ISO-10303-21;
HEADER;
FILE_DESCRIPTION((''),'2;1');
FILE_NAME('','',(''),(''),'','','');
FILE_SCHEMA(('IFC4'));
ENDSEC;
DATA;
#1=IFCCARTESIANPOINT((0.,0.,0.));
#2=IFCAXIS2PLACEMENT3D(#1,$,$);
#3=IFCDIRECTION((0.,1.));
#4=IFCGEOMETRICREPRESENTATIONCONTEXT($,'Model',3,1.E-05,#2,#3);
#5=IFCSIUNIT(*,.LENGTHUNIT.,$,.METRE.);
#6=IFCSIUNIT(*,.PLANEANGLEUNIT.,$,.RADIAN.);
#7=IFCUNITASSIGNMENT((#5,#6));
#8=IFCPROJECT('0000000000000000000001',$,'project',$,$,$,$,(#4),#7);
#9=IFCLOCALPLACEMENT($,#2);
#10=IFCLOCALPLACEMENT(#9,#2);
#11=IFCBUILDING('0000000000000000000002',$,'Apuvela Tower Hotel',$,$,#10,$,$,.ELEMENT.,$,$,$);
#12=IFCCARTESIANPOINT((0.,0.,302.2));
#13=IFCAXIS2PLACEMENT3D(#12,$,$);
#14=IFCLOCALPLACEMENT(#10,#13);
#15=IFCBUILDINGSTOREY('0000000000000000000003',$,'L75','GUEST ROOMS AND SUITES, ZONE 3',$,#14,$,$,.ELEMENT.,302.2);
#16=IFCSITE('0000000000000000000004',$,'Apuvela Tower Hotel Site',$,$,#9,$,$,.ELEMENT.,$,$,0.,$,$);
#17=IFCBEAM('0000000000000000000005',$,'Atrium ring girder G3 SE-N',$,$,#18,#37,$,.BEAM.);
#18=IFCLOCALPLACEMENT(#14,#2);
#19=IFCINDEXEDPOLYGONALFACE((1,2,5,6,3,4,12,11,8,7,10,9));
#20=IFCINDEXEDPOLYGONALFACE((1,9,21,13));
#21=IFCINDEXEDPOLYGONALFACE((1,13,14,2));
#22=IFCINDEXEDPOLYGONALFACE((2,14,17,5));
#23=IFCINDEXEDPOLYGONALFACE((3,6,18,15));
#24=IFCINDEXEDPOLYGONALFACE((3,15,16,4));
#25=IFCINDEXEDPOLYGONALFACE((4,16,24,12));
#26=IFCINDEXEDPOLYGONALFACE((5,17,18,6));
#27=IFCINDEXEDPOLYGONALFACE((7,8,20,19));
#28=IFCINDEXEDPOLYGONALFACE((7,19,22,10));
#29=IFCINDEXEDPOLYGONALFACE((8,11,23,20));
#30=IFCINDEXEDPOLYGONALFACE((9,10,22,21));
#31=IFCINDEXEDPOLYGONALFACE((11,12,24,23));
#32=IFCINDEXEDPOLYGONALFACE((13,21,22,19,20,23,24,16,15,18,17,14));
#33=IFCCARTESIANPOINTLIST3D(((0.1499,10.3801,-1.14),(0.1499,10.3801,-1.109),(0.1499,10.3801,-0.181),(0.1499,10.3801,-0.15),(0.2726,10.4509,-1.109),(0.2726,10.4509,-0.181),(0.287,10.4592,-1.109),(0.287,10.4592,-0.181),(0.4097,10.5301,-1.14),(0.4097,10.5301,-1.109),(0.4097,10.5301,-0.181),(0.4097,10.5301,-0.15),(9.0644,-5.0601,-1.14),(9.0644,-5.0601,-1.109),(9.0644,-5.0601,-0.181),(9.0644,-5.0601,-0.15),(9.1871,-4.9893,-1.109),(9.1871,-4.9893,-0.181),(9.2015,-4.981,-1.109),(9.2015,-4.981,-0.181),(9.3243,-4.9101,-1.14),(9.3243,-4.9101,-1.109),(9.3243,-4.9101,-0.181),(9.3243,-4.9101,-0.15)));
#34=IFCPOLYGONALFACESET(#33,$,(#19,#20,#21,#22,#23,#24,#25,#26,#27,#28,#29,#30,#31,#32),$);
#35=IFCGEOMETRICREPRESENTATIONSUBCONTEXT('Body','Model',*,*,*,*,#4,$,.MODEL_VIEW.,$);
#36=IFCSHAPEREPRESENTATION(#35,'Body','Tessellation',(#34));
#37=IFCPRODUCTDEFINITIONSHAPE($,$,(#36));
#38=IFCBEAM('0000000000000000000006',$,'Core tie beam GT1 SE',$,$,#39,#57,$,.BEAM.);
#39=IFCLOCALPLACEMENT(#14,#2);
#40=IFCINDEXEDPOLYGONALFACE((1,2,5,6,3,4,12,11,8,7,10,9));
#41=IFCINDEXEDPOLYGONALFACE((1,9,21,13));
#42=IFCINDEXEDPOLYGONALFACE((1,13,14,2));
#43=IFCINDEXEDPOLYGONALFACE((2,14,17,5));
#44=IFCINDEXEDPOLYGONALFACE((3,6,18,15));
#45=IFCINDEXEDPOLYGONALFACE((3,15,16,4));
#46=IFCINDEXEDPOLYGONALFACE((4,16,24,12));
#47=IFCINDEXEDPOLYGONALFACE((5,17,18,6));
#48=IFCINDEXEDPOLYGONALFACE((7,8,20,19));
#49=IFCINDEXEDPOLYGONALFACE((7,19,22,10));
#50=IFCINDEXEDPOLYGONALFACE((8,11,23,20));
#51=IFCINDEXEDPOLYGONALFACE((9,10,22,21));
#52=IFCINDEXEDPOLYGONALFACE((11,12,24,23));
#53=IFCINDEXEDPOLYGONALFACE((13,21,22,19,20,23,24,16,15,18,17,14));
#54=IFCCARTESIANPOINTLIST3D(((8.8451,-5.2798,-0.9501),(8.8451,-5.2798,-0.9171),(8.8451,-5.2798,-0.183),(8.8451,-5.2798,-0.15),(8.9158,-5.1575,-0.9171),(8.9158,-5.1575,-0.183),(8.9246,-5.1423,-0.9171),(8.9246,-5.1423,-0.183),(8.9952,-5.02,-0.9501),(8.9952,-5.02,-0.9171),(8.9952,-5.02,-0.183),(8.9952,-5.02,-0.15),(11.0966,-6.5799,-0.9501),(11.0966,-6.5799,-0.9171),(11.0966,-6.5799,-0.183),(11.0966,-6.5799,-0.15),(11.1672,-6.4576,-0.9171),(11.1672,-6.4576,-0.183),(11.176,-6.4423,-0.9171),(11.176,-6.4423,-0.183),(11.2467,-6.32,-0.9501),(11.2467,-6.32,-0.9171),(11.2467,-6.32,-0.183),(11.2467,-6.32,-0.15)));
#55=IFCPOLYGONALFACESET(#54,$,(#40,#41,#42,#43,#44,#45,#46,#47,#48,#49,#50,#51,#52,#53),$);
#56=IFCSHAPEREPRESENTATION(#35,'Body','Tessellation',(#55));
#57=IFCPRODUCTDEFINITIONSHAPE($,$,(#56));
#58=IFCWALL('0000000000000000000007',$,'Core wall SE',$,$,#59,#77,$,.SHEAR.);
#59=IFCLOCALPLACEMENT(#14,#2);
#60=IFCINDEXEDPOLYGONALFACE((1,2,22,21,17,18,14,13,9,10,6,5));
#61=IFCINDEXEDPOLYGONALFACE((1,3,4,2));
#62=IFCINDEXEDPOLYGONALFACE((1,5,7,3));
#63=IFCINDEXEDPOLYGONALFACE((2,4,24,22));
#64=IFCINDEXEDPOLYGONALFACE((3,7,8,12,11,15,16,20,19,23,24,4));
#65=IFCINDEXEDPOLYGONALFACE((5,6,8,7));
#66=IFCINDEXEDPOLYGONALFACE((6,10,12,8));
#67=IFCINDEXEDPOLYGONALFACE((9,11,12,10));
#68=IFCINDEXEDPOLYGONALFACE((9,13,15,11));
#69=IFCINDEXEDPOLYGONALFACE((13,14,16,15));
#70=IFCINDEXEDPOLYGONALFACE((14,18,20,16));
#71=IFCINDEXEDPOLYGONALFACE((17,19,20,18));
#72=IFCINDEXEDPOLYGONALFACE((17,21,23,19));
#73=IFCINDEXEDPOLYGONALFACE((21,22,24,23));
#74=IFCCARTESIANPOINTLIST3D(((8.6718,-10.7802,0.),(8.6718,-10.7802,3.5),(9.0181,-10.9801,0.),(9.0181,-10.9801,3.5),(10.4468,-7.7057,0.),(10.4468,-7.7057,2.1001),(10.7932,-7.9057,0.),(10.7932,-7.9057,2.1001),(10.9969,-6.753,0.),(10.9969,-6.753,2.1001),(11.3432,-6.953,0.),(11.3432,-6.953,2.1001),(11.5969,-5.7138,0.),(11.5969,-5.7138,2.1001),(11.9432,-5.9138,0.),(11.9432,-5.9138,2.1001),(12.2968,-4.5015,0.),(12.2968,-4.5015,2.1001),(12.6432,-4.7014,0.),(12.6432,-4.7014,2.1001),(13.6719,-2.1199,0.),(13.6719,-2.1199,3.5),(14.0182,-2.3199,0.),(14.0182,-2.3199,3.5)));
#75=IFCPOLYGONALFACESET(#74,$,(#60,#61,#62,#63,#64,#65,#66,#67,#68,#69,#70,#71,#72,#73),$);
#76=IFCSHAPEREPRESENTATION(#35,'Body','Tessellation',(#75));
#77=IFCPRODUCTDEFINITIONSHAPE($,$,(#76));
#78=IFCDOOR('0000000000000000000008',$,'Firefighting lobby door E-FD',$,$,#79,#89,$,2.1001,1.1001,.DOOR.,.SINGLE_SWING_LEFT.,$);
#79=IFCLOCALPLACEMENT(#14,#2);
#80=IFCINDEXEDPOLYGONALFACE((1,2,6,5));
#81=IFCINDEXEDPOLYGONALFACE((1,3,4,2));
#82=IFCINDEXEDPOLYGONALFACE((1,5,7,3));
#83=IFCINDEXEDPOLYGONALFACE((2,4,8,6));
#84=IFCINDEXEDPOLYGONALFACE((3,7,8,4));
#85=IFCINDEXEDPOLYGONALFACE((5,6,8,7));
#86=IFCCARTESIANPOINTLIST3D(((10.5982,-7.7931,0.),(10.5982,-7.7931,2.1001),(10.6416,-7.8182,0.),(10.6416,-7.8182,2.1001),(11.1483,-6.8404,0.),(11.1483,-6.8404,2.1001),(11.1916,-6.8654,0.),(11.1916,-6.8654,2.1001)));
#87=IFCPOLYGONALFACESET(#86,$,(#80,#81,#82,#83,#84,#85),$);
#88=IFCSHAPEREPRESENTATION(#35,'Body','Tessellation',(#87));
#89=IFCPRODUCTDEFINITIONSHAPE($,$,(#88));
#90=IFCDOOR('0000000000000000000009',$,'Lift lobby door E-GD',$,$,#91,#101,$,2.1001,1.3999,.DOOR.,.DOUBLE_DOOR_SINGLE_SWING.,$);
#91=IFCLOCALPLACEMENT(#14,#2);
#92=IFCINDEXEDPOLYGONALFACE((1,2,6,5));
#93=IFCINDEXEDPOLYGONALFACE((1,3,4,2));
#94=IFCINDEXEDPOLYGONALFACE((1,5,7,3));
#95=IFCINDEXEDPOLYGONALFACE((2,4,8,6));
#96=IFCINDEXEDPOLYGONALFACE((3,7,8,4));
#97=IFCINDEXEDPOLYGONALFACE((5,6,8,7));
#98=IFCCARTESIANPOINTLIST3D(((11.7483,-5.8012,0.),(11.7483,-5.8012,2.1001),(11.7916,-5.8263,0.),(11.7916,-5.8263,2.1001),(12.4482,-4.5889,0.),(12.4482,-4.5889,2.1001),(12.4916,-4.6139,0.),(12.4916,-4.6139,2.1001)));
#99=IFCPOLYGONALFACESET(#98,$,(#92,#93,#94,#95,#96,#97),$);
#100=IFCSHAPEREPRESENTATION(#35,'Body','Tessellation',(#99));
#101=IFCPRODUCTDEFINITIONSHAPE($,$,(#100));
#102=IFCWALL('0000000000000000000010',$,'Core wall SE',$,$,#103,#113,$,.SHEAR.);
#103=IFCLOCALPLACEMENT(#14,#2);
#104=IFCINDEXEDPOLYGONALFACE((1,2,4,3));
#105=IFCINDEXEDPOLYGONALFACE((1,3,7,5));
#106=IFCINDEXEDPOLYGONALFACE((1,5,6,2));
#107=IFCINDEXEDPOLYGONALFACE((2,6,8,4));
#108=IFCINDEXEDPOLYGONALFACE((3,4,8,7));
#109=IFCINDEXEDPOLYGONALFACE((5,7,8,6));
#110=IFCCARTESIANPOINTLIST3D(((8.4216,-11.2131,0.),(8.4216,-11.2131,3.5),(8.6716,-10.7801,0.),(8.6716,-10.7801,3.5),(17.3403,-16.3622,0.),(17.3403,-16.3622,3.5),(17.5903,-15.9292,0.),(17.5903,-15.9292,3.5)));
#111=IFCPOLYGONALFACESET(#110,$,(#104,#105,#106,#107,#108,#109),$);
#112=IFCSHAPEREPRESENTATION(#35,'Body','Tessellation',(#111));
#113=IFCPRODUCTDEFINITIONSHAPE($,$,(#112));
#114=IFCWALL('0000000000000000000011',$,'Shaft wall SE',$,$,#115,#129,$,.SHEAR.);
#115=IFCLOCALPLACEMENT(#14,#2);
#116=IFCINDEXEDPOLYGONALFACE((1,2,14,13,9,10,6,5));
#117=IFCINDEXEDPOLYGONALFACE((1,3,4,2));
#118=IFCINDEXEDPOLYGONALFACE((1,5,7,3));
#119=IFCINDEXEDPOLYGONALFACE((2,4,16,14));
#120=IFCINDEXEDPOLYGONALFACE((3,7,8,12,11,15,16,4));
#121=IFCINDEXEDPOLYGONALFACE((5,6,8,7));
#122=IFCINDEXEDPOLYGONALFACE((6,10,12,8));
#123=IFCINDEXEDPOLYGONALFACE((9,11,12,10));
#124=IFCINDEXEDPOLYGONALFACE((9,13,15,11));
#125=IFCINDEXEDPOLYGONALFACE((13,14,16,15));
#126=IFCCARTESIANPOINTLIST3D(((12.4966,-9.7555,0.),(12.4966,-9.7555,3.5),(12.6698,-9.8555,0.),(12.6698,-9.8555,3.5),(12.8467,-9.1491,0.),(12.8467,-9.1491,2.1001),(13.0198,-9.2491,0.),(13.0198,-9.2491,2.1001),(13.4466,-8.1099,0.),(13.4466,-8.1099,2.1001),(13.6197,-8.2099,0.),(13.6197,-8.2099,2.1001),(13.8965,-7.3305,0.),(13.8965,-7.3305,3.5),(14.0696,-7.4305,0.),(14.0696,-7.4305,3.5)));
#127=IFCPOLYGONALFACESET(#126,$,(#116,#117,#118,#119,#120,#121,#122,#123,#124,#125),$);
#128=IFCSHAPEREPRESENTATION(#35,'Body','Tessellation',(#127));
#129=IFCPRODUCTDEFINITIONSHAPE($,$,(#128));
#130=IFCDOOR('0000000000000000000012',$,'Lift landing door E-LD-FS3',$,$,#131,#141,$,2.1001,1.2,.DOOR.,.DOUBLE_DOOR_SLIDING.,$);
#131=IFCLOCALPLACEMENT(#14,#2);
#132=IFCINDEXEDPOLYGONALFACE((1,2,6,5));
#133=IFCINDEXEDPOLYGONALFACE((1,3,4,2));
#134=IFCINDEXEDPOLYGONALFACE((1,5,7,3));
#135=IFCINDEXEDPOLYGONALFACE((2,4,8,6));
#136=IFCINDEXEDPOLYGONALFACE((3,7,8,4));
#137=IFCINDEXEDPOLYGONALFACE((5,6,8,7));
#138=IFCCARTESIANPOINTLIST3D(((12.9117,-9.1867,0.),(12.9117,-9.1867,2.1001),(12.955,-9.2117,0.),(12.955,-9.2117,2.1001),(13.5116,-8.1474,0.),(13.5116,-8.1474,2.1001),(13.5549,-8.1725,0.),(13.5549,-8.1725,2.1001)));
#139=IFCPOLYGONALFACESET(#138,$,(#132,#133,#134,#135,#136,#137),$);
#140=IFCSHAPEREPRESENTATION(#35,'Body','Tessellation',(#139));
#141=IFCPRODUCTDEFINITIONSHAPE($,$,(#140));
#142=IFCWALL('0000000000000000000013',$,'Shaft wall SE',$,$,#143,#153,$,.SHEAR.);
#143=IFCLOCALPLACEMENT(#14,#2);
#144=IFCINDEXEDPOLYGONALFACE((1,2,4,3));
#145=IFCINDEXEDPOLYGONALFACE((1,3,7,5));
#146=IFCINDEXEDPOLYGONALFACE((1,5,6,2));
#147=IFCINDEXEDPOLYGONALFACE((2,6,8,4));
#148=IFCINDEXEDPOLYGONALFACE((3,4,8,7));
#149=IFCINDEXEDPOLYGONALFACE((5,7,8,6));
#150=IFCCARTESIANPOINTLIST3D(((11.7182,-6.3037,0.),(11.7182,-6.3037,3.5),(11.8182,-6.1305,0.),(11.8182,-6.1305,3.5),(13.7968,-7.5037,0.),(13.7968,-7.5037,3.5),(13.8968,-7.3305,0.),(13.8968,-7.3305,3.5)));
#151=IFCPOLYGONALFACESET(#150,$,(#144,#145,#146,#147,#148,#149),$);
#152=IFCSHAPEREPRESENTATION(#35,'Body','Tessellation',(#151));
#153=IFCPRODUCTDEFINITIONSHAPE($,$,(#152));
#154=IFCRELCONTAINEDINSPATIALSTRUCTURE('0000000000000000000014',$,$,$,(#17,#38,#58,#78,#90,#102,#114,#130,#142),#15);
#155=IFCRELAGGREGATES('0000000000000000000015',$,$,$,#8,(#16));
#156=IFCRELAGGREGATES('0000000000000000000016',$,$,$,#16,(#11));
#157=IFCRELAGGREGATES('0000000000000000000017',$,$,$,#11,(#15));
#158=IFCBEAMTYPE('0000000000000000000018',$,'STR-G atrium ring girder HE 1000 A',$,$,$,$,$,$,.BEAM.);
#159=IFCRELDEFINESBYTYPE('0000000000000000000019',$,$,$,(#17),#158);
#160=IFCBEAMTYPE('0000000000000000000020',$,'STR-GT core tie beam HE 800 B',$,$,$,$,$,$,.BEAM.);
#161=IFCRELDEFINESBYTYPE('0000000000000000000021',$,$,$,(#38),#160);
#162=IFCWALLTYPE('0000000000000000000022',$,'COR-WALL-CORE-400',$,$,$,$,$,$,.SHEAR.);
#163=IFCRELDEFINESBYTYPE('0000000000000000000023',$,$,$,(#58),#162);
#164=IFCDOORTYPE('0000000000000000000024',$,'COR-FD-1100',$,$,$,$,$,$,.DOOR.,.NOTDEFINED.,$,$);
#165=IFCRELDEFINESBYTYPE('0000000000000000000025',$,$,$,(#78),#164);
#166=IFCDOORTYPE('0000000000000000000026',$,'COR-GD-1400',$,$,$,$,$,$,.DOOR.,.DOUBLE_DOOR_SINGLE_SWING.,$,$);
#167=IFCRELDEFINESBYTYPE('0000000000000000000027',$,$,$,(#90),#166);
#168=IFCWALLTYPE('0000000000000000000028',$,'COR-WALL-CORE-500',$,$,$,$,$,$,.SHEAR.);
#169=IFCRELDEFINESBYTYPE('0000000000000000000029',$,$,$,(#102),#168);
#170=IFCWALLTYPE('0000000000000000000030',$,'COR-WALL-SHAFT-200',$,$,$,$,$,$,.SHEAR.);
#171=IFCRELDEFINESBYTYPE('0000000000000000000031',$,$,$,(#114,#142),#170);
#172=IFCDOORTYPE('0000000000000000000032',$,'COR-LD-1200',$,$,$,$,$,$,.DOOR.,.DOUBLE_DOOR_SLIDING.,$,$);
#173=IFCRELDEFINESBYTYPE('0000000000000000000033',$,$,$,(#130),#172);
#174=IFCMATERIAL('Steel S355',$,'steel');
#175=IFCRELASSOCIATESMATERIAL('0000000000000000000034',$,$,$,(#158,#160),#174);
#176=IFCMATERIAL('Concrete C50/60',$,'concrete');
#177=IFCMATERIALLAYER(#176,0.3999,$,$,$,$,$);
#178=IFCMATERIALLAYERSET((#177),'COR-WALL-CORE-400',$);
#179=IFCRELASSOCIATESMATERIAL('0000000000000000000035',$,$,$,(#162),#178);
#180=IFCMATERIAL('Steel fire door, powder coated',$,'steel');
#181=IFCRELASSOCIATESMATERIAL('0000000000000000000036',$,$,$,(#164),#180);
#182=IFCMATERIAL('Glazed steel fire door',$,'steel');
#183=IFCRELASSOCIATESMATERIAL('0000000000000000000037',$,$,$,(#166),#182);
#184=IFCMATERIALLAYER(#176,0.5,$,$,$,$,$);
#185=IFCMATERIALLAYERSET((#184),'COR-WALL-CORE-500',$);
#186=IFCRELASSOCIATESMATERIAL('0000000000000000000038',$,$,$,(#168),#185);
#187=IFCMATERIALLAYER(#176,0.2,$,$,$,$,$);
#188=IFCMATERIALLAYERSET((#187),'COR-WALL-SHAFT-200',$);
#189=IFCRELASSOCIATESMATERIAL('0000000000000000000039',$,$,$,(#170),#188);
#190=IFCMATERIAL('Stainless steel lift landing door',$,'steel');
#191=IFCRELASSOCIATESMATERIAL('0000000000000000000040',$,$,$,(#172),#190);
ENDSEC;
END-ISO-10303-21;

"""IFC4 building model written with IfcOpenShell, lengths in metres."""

from ifc_helpers import new_model, si_unit, direction, frame, frame_2d, origin, origin_2d, place, context, subcontext, project, spatial, rectangle, i_section, extrude, material, layer, layer_set, material_profile, profile_set, type_object, element, fill, save


model = new_model("IFC4")

# Units and contexts
model_context = context("Model", 3, precision=1e-05, world=origin(), true_north=direction((0.0, 1.0)))
body_context = subcontext(model_context, "Body", "Model", "MODEL_VIEW")
ifc_project = project(units=[si_unit("LENGTHUNIT", "METRE"), si_unit("PLANEANGLEUNIT", "RADIAN")], contexts=[model_context])

# Site, building, storey
site_placement = place(None, origin())
site = spatial("IfcSite", under=ifc_project, at=site_placement, Name="Apuvela Tower Hotel Site", CompositionType="ELEMENT", RefElevation=0.0)
building_placement = place(site_placement, origin())
building = spatial("IfcBuilding", under=site, at=building_placement, Name="Apuvela Tower Hotel", CompositionType="ELEMENT")
storey_placement = place(building_placement, frame((0.0, 0.0, 302.2)))
storey = spatial("IfcBuildingStorey", under=building, at=storey_placement, Name="L75", Description="GUEST ROOMS AND SUITES, ZONE 3", CompositionType="ELEMENT", Elevation=302.2)

# Beams
ifc_material_1 = material(Name="Steel S355", Category="steel")
ifc_material_profile_1 = material_profile(ifc_material_1, i_section(OverallWidth=0.3, OverallDepth=0.99, WebThickness=0.0166, FlangeThickness=0.031, at=origin_2d()), Name="HE 1000 A")
ifc_profile_set_1 = profile_set([ifc_material_profile_1], Name="Steel S355")
beam_type_1 = type_object("IfcBeamType", Name="STR-G atrium ring girder HE 1000 A", PredefinedType="BEAM", material=ifc_profile_set_1)
beam_1_placement = place(storey_placement, frame((9.1943, -4.9851, -0.645), z_axis=(-0.500007, 0.866022, 0.0), x_axis=(-0.866022, -0.500007, 0.0)))
element("IfcBeam", 1, at=beam_1_placement, inside=storey, type_object=beam_type_1, Name="Atrium ring girder G3 SE-N", PredefinedType="BEAM", context=body_context, shape_type="SweptSolid", body=[
    extrude(i_section(OverallWidth=0.3, OverallDepth=0.99, WebThickness=0.0166, FlangeThickness=0.031, at=origin_2d()), origin(), (0.0, 0.0, 1.0), 17.8289),
])
ifc_material_profile_2 = material_profile(ifc_material_1, i_section(OverallWidth=0.3, OverallDepth=0.8, WebThickness=0.0176, FlangeThickness=0.033, at=origin_2d()), Name="HE 800 B")
ifc_profile_set_2 = profile_set([ifc_material_profile_2], Name="Steel S355")
beam_type_2 = type_object("IfcBeamType", Name="STR-GT core tie beam HE 800 B", PredefinedType="BEAM", material=ifc_profile_set_2)
beam_2_placement = place(storey_placement, frame((11.1716, -6.45, -0.55), z_axis=(-0.865998, 0.500048, 0.0), x_axis=(-0.500048, -0.865998, 0.0)))
element("IfcBeam", 2, at=beam_2_placement, inside=storey, type_object=beam_type_2, Name="Core tie beam GT1 SE", PredefinedType="BEAM", context=body_context, shape_type="SweptSolid", body=[
    extrude(i_section(OverallWidth=0.3, OverallDepth=0.8, WebThickness=0.0176, FlangeThickness=0.033, at=origin_2d()), origin(), (0.0, 0.0, 1.0), 2.5999),
])

# Wall, openings, doors
ifc_material_2 = material(Name="Concrete C50/60", Category="concrete")
ifc_layer_1 = layer(ifc_material_2, 0.3999)
ifc_layer_set_1 = layer_set([ifc_layer_1], Name="COR-WALL-CORE-400")
wall_type_1 = type_object("IfcWallType", Name="COR-WALL-CORE-400", PredefinedType="SHEAR", material=ifc_layer_set_1)
wall_1_placement = place(storey_placement, frame((8.845, -10.8801, 0.0), z_axis=(0.0, 0.0, 1.0), x_axis=(0.500004, 0.866023, 0.0)))
wall_1 = element("IfcWall", 3, at=wall_1_placement, inside=storey, type_object=wall_type_1, Name="Core wall SE", PredefinedType="SHEAR", context=body_context, shape_type="SweptSolid", body=[
    extrude(rectangle(XDim=10.0, YDim=0.3999, at=frame_2d((5.0, 0.0))), origin(), (0.0, 0.0, 1.0), 3.5),
])
opening_1_placement = place(wall_1_placement, frame((3.55, 0.0, 0.0)))
opening_1 = element("IfcOpeningElement", 4, at=opening_1_placement, cuts=wall_1, PredefinedType="OPENING", context=body_context, shape_type="SweptSolid", body=[
    extrude(rectangle(XDim=1.1001, YDim=2.1001, at=frame_2d((0.55, 1.05))), frame((0.0, 0.21, 0.0), z_axis=(0.0, -1.0, 0.0), x_axis=(1.0, 0.0, 0.0)), (0.0, 0.0, 1.0), 0.4199),
])
opening_2_placement = place(wall_1_placement, frame((5.8501, 0.0, 0.0)))
opening_2 = element("IfcOpeningElement", 5, at=opening_2_placement, cuts=wall_1, PredefinedType="OPENING", context=body_context, shape_type="SweptSolid", body=[
    extrude(rectangle(XDim=1.3999, YDim=2.1001, at=frame_2d((0.7, 1.05))), frame((0.0, 0.21, 0.0), z_axis=(0.0, -1.0, 0.0), x_axis=(1.0, 0.0, 0.0)), (0.0, 0.0, 1.0), 0.4199),
])
ifc_material_3 = material(Name="Steel fire door, powder coated", Category="steel")
door_type_1 = type_object("IfcDoorType", Name="COR-FD-1100", OperationType="NOTDEFINED", PredefinedType="DOOR", material=ifc_material_3)
door_1_placement = place(opening_1_placement, frame((1.1001, 0.0, 0.0), z_axis=(0.0, 0.0, 1.0), x_axis=(-1.0, 0.0, 0.0)))
door_1 = element("IfcDoor", 6, at=door_1_placement, inside=storey, type_object=door_type_1, Name="Firefighting lobby door E-FD", OperationType="SINGLE_SWING_LEFT", OverallHeight=2.1001, OverallWidth=1.1001, PredefinedType="DOOR", context=body_context, shape_type="SweptSolid", body=[
    extrude(rectangle(XDim=1.1001, YDim=2.1001, at=frame_2d((0.55, 1.05))), frame((0.0, 0.0249, 0.0), z_axis=(0.0, -1.0, 0.0), x_axis=(1.0, 0.0, 0.0)), (0.0, 0.0, 1.0), 0.05),
])
fill(opening_1, door_1)
ifc_material_4 = material(Name="Glazed steel fire door", Category="steel")
door_type_2 = type_object("IfcDoorType", Name="COR-GD-1400", OperationType="DOUBLE_DOOR_SINGLE_SWING", PredefinedType="DOOR", material=ifc_material_4)
door_2_placement = place(opening_2_placement, frame((1.3999, 0.0, 0.0), z_axis=(0.0, 0.0, 1.0), x_axis=(-1.0, 0.0, 0.0)))
door_2 = element("IfcDoor", 7, at=door_2_placement, inside=storey, type_object=door_type_2, Name="Lift lobby door E-GD", OperationType="DOUBLE_DOOR_SINGLE_SWING", OverallHeight=2.1001, OverallWidth=1.3999, PredefinedType="DOOR", context=body_context, shape_type="SweptSolid", body=[
    extrude(rectangle(XDim=1.3999, YDim=2.1001, at=frame_2d((0.7, 1.05))), frame((0.0, 0.0249, 0.0), z_axis=(0.0, -1.0, 0.0), x_axis=(1.0, 0.0, 0.0)), (0.0, 0.0, 1.0), 0.05),
])
fill(opening_2, door_2)

# Wall
ifc_layer_2 = layer(ifc_material_2, 0.5)
ifc_layer_set_2 = layer_set([ifc_layer_2], Name="COR-WALL-CORE-500")
wall_type_2 = type_object("IfcWallType", Name="COR-WALL-CORE-500", PredefinedType="SHEAR", material=ifc_layer_set_2)
wall_2_placement = place(storey_placement, frame((8.5466, -10.9966, 0.0), z_axis=(0.0, 0.0, 1.0), x_axis=(0.866027, -0.499997, 0.0)))
element("IfcWall", 8, at=wall_2_placement, inside=storey, type_object=wall_type_2, Name="Core wall SE", PredefinedType="SHEAR", context=body_context, shape_type="SweptSolid", body=[
    extrude(rectangle(XDim=10.2983, YDim=0.5, at=frame_2d((5.1492, 0.0))), origin(), (0.0, 0.0, 1.0), 3.5),
])

# Wall, opening, door
ifc_layer_3 = layer(ifc_material_2, 0.2)
ifc_layer_set_3 = layer_set([ifc_layer_3], Name="COR-WALL-SHAFT-200")
wall_type_3 = type_object("IfcWallType", Name="COR-WALL-SHAFT-200", PredefinedType="SHEAR", material=ifc_layer_set_3)
wall_3_placement = place(storey_placement, frame((12.5833, -9.8054, 0.0), z_axis=(0.0, 0.0, 1.0), x_axis=(0.499946, 0.866056, 0.0)))
wall_3 = element("IfcWall", 9, at=wall_3_placement, inside=storey, type_object=wall_type_3, Name="Shaft wall SE", PredefinedType="SHEAR", context=body_context, shape_type="SweptSolid", body=[
    extrude(rectangle(XDim=2.8, YDim=0.2, at=frame_2d((1.3999, 0.0))), origin(), (0.0, 0.0, 1.0), 3.5),
])
opening_3_placement = place(wall_3_placement, frame((0.7, 0.0, 0.0)))
opening_3 = element("IfcOpeningElement", 10, at=opening_3_placement, cuts=wall_3, PredefinedType="OPENING", context=body_context, shape_type="SweptSolid", body=[
    extrude(rectangle(XDim=1.2, YDim=2.1001, at=frame_2d((0.6001, 1.05))), frame((0.0, 0.1099, 0.0), z_axis=(0.0, -1.0, 0.0), x_axis=(1.0, 0.0, 0.0)), (0.0, 0.0, 1.0), 0.22),
])
ifc_material_5 = material(Name="Stainless steel lift landing door", Category="steel")
door_type_3 = type_object("IfcDoorType", Name="COR-LD-1200", OperationType="DOUBLE_DOOR_SLIDING", PredefinedType="DOOR", material=ifc_material_5)
door_3_placement = place(opening_3_placement, origin())
door_3 = element("IfcDoor", 11, at=door_3_placement, inside=storey, type_object=door_type_3, Name="Lift landing door E-LD-FS3", OperationType="DOUBLE_DOOR_SLIDING", OverallHeight=2.1001, OverallWidth=1.2, PredefinedType="DOOR", context=body_context, shape_type="SweptSolid", body=[
    extrude(rectangle(XDim=1.2, YDim=2.1001, at=frame_2d((0.6001, 1.05))), frame((0.0, 0.0249, 0.0), z_axis=(0.0, -1.0, 0.0), x_axis=(1.0, 0.0, 0.0)), (0.0, 0.0, 1.0), 0.05),
])
fill(opening_3, door_3)

# Wall
wall_4_placement = place(storey_placement, frame((11.7681, -6.217, 0.0), z_axis=(0.0, 0.0, 1.0), x_axis=(0.86605, -0.499957, 0.0)))
element("IfcWall", 12, at=wall_4_placement, inside=storey, type_object=wall_type_3, Name="Shaft wall SE", PredefinedType="SHEAR", context=body_context, shape_type="SweptSolid", body=[
    extrude(rectangle(XDim=2.4001, YDim=0.2, at=frame_2d((1.2002, 0.0))), origin(), (0.0, 0.0, 1.0), 3.5),
])

save(model, "model.ifc")
